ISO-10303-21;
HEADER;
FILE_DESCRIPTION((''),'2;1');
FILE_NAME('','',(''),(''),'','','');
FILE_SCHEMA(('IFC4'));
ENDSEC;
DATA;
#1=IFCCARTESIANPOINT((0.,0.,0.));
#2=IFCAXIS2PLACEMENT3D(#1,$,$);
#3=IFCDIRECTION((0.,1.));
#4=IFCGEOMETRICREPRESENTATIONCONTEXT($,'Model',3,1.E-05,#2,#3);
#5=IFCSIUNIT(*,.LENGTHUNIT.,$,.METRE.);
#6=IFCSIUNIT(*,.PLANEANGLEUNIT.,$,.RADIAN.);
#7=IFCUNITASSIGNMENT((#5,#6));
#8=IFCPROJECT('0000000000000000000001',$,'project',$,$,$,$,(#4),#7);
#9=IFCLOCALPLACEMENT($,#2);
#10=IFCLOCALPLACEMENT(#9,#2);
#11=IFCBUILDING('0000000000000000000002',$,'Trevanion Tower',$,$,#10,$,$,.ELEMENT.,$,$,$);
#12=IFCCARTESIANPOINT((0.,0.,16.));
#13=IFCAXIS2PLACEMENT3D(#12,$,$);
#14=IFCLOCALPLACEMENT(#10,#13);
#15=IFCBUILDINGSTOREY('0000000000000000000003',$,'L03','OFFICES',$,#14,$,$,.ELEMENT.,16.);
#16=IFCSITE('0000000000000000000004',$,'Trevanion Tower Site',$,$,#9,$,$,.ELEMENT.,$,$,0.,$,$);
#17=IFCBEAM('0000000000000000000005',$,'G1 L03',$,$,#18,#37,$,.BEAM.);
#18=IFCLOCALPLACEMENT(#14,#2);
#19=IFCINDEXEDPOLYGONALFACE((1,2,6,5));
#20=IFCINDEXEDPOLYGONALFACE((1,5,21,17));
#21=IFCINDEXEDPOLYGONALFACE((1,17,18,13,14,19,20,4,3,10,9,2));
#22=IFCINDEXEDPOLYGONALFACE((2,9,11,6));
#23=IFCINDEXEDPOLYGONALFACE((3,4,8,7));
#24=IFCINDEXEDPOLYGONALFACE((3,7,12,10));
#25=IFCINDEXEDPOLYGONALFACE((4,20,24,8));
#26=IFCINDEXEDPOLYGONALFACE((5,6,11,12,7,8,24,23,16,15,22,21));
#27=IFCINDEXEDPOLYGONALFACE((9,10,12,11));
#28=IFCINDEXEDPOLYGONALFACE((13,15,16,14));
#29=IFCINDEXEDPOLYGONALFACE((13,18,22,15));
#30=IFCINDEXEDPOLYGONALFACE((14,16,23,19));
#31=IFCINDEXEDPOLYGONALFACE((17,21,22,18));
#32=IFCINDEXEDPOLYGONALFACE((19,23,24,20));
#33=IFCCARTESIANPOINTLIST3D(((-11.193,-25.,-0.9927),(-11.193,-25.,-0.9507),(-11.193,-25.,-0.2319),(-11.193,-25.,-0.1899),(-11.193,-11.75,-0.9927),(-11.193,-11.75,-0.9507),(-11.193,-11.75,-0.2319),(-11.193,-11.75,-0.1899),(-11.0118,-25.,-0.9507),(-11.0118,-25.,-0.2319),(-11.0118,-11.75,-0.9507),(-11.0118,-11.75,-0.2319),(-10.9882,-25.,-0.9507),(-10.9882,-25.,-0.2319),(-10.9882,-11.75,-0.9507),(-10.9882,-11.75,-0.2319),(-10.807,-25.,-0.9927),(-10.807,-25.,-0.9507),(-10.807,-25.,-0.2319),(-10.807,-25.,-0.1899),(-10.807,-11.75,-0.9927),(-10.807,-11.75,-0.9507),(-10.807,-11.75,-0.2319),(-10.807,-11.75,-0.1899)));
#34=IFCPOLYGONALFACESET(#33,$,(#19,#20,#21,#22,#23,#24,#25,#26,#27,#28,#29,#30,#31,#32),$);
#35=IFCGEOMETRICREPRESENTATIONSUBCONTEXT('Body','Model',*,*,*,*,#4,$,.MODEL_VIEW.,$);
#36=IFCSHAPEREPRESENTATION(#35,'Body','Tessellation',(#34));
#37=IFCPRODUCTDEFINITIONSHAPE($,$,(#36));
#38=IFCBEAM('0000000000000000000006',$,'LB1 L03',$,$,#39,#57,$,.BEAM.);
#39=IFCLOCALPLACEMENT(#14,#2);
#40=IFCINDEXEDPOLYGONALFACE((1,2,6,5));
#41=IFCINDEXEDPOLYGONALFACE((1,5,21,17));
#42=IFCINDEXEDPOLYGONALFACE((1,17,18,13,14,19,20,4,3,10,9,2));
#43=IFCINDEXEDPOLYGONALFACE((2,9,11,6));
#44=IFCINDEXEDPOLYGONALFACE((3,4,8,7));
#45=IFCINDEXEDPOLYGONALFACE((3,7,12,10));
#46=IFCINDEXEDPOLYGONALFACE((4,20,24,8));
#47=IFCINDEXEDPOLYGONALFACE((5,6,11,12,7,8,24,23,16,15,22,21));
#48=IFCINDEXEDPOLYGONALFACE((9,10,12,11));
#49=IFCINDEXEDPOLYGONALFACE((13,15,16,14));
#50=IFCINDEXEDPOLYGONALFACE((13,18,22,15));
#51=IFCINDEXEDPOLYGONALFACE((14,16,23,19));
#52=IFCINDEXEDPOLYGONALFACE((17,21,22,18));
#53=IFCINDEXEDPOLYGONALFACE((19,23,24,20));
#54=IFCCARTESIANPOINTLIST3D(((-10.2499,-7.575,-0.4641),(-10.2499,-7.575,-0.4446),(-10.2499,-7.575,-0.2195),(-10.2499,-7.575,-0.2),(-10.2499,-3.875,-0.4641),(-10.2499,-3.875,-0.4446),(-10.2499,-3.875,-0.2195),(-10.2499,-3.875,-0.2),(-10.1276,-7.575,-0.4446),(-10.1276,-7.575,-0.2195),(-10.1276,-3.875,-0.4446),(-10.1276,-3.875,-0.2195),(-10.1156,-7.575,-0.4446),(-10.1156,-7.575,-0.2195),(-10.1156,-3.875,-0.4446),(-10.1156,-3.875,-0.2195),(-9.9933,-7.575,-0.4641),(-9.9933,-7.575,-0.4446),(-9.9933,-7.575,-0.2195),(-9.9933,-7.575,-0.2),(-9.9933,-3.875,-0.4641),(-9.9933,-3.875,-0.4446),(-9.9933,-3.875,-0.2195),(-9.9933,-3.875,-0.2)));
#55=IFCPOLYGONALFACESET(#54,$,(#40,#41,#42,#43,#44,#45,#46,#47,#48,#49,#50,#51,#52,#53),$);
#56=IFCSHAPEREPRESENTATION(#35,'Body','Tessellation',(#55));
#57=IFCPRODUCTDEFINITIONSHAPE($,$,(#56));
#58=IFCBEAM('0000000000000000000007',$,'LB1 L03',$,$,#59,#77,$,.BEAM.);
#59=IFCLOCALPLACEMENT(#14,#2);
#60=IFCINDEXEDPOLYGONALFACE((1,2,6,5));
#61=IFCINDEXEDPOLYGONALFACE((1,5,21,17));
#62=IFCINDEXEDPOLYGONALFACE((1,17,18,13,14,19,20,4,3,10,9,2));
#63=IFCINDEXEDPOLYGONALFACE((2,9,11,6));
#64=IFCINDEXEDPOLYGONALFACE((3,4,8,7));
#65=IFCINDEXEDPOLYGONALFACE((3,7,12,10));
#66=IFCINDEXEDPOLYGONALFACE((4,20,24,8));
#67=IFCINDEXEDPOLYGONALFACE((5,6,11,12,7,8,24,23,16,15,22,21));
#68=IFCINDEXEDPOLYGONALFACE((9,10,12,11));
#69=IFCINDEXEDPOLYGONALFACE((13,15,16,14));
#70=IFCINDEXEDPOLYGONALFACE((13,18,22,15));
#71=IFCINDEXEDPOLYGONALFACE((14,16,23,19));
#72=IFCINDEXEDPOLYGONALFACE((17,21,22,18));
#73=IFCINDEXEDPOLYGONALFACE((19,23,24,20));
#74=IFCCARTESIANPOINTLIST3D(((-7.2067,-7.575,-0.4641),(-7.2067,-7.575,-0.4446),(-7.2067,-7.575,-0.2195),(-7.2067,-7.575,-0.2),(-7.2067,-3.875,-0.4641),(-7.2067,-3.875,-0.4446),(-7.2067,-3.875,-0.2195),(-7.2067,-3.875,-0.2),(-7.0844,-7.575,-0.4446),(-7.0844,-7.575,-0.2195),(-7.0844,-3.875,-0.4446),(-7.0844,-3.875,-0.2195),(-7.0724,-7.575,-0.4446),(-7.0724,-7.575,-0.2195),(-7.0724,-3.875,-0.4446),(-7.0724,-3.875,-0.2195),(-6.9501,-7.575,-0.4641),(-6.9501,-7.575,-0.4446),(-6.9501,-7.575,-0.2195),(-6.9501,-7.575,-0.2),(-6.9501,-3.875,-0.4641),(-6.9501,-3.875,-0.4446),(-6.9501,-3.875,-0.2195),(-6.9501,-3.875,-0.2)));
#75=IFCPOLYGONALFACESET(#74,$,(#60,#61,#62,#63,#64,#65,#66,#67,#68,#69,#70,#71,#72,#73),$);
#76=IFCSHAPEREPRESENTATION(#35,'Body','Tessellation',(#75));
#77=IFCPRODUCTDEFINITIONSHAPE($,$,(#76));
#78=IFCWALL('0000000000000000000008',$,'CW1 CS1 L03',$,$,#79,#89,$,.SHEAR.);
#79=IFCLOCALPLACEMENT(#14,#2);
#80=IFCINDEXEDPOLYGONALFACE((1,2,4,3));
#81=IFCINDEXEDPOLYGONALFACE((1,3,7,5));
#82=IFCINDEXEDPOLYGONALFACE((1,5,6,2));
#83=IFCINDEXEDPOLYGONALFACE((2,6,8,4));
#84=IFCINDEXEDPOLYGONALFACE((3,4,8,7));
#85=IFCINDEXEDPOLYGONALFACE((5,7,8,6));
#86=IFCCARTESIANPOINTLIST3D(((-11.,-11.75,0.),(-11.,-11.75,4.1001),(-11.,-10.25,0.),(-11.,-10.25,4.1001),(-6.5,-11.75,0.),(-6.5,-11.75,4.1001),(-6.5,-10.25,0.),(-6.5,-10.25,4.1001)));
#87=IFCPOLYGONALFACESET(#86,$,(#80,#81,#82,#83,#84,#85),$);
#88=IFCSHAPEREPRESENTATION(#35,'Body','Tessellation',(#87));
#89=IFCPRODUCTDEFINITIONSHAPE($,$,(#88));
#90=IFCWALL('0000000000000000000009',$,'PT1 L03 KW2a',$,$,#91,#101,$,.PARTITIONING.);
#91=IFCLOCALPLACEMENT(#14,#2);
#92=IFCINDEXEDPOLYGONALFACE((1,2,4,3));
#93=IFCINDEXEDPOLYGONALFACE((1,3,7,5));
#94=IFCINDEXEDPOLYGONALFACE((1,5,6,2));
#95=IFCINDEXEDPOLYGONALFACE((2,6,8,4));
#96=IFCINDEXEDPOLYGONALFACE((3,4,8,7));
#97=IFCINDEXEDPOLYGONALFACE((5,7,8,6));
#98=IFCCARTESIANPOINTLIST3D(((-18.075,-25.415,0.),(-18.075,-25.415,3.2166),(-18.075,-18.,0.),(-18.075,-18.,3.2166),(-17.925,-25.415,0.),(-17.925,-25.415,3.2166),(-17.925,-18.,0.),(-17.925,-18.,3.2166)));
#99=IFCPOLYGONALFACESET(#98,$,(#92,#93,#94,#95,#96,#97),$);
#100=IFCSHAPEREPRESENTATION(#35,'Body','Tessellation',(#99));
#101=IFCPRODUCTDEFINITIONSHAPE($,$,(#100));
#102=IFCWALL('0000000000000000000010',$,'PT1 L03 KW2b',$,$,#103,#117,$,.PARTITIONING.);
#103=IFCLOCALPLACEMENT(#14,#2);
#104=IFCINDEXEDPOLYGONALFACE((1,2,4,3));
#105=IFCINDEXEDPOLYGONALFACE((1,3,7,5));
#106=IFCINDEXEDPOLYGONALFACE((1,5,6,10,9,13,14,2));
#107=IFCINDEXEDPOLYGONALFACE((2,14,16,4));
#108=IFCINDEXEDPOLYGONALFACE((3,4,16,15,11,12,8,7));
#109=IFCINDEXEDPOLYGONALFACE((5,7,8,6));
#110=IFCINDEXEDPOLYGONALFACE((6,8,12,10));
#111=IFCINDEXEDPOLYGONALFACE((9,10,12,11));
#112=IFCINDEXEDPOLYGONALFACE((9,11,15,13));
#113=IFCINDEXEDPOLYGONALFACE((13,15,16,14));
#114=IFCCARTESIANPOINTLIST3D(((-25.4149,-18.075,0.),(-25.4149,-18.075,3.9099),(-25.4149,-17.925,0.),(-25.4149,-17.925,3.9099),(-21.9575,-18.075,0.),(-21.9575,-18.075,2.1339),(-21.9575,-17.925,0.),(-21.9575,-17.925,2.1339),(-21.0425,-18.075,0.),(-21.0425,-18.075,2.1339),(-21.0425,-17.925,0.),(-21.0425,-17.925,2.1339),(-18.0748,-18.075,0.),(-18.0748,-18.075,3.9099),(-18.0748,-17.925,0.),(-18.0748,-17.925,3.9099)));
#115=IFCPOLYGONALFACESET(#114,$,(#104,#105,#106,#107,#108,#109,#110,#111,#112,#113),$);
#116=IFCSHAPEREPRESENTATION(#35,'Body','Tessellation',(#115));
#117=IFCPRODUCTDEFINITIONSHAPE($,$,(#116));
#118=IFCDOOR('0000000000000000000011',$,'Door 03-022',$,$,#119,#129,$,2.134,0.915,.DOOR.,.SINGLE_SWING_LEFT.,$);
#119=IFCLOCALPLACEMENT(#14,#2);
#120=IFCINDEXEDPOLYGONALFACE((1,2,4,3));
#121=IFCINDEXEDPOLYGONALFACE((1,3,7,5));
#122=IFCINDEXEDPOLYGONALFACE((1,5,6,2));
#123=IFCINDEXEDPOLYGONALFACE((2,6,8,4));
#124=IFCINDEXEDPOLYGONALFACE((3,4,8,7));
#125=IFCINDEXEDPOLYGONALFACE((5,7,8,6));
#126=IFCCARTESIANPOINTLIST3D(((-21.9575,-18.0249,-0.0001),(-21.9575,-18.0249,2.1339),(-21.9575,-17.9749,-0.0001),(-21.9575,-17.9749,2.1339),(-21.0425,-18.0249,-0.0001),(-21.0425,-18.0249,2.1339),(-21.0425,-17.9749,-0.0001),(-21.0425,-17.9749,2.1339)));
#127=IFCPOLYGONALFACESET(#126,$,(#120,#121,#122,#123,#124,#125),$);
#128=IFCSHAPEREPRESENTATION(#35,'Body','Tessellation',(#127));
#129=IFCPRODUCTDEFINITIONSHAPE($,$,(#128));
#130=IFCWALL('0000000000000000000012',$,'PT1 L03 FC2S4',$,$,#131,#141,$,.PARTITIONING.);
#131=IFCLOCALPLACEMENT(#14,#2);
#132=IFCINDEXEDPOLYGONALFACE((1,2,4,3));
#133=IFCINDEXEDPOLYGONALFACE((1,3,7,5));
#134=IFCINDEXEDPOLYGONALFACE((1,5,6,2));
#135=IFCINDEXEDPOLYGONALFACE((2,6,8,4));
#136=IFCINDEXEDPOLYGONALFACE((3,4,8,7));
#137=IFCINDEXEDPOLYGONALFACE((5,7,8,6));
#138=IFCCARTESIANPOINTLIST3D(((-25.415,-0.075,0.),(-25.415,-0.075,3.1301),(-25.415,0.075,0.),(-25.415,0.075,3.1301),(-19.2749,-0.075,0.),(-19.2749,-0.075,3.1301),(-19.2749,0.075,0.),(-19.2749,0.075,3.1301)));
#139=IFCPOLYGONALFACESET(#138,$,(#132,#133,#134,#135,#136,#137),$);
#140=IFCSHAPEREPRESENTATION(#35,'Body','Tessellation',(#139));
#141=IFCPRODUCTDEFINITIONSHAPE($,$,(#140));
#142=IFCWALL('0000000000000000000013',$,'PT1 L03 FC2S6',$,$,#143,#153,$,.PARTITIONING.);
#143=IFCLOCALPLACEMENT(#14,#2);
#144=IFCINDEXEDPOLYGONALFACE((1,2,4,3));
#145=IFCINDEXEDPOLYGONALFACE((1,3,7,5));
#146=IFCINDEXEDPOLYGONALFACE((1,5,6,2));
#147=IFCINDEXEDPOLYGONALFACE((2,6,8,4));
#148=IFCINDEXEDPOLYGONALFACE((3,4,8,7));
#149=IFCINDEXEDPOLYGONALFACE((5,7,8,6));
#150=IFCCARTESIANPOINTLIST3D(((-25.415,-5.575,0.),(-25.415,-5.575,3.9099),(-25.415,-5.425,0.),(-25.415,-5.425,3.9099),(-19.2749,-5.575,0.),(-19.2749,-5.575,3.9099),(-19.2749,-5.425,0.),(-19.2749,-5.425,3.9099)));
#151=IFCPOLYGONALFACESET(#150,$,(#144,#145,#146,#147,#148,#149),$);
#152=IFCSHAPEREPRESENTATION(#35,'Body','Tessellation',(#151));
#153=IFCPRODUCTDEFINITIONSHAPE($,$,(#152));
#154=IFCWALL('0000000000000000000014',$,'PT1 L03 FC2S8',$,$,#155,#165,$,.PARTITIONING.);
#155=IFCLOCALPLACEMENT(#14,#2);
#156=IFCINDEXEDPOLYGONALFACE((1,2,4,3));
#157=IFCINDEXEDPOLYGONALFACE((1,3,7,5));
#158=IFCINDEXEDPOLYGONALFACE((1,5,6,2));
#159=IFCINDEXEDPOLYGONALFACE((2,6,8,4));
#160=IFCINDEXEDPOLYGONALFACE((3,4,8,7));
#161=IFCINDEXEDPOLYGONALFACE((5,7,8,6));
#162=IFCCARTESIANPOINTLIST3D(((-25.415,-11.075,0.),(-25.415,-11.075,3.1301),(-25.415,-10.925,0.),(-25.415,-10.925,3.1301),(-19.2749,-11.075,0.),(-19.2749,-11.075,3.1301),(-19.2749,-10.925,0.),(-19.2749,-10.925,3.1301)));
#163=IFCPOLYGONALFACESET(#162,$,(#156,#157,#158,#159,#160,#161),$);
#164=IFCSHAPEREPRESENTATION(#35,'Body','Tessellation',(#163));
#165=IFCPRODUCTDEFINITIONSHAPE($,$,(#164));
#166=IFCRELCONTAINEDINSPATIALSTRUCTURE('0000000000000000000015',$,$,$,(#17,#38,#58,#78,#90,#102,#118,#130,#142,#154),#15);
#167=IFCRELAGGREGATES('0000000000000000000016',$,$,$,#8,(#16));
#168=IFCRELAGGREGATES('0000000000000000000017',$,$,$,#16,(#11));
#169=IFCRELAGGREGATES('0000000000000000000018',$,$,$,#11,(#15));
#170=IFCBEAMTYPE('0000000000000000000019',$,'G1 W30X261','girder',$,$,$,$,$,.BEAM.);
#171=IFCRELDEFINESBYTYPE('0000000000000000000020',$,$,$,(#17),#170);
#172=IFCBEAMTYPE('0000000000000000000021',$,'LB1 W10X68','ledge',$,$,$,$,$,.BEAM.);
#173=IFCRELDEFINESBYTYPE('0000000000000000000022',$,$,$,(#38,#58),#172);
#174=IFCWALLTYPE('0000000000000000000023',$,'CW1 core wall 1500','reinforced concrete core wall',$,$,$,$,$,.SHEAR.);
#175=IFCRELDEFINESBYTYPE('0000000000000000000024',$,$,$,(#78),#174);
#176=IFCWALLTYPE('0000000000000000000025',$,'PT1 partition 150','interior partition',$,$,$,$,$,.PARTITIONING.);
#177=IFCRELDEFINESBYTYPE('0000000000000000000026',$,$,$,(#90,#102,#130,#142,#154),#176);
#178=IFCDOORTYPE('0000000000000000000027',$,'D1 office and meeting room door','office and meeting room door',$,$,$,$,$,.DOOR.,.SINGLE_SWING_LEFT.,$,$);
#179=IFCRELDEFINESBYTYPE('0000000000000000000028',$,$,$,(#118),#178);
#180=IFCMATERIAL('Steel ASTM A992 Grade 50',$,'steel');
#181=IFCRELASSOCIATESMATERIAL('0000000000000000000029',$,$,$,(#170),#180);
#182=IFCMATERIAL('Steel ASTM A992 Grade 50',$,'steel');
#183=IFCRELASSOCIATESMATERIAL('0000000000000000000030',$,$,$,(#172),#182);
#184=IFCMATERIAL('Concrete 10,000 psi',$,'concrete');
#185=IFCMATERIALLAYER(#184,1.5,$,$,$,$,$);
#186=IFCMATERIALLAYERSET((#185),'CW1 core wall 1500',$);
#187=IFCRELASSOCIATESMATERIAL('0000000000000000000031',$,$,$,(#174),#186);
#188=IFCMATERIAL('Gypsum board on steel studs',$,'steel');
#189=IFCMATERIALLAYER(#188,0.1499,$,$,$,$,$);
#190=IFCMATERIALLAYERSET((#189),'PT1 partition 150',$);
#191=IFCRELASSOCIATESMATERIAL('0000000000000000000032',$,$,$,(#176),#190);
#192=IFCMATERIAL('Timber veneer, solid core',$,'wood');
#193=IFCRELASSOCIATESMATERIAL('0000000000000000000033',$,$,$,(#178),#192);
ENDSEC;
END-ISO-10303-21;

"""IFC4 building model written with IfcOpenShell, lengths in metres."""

from ifc_helpers import new_model, si_unit, direction, frame, frame_2d, origin, origin_2d, place, context, subcontext, project, spatial, rectangle, i_section, extrude, material, layer, layer_set, material_profile, profile_set, type_object, element, fill, save


model = new_model("IFC4")

# Units and contexts
model_context = context("Model", 3, precision=1e-05, world=origin(), true_north=direction((0.0, 1.0)))
body_context = subcontext(model_context, "Body", "Model", "MODEL_VIEW")
ifc_project = project(units=[si_unit("LENGTHUNIT", "METRE"), si_unit("PLANEANGLEUNIT", "RADIAN")], contexts=[model_context])

# Site, building, storey
site_placement = place(None, origin())
site = spatial("IfcSite", under=ifc_project, at=site_placement, Name="Trevanion Tower Site", CompositionType="ELEMENT", RefElevation=0.0)
building_placement = place(site_placement, origin())
building = spatial("IfcBuilding", under=site, at=building_placement, Name="Trevanion Tower", CompositionType="ELEMENT")
storey_placement = place(building_placement, frame((0.0, 0.0, 16.0)))
storey = spatial("IfcBuildingStorey", under=building, at=storey_placement, Name="L03", Description="OFFICES", CompositionType="ELEMENT", Elevation=16.0)

# Beams
ifc_material_1 = material(Name="Steel ASTM A992 Grade 50", Category="steel")
ifc_material_profile_1 = material_profile(ifc_material_1, i_section(OverallWidth=0.386, OverallDepth=0.8027, WebThickness=0.0237, FlangeThickness=0.042, at=origin_2d()), Name="W30X261")
ifc_profile_set_1 = profile_set([ifc_material_profile_1], Name="Steel ASTM A992 Grade 50")
beam_type_1 = type_object("IfcBeamType", Name="G1 W30X261", Description="girder", PredefinedType="BEAM", material=ifc_profile_set_1)
for number, where, z_axis, x_axis, name in (
    (1, (-11.0, -11.75, -0.5913), (0.0, -1.0, 0.0), (1.0, 0.0, 0.0), "G1 L03"),
):
    element("IfcBeam", number, at=place(storey_placement, frame(where, z_axis=z_axis, x_axis=x_axis)), inside=storey, type_object=beam_type_1, Name=name, PredefinedType="BEAM", context=body_context, shape_type="SweptSolid", body=[
        extrude(i_section(OverallWidth=0.386, OverallDepth=0.8027, WebThickness=0.0237, FlangeThickness=0.042, at=origin_2d()), origin(), (0.0, 0.0, 1.0), 13.25),
    ])
ifc_material_2 = material(Name="Steel ASTM A992 Grade 50", Category="steel")
ifc_material_profile_2 = material_profile(ifc_material_2, i_section(OverallWidth=0.2566, OverallDepth=0.2642, WebThickness=0.012, FlangeThickness=0.0195, at=origin_2d()), Name="W10X68")
ifc_profile_set_2 = profile_set([ifc_material_profile_2], Name="Steel ASTM A992 Grade 50")
beam_type_2 = type_object("IfcBeamType", Name="LB1 W10X68", Description="ledge", PredefinedType="BEAM", material=ifc_profile_set_2)
for number, where, z_axis, x_axis, name in (
    (2, (-10.1216, -7.575, -0.332), (0.0, 1.0, 0.0), (-1.0, 0.0, 0.0), "LB1 L03"),
    (3, (-7.0784, -7.575, -0.332), (0.0, 1.0, 0.0), (-1.0, 0.0, 0.0), "LB1 L03"),
):
    element("IfcBeam", number, at=place(storey_placement, frame(where, z_axis=z_axis, x_axis=x_axis)), inside=storey, type_object=beam_type_2, Name=name, PredefinedType="BEAM", context=body_context, shape_type="SweptSolid", body=[
        extrude(i_section(OverallWidth=0.2566, OverallDepth=0.2642, WebThickness=0.012, FlangeThickness=0.0195, at=origin_2d()), origin(), (0.0, 0.0, 1.0), 3.7),
    ])

# Walls
ifc_material_3 = material(Name="Concrete 10,000 psi", Category="concrete")
ifc_layer_1 = layer(ifc_material_3, 1.5)
ifc_layer_set_1 = layer_set([ifc_layer_1], Name="CW1 core wall 1500")
wall_type_1 = type_object("IfcWallType", Name="CW1 core wall 1500", Description="reinforced concrete core wall", PredefinedType="SHEAR", material=ifc_layer_set_1)
wall_1_placement = place(storey_placement, frame((-11.0, -11.0, 0.0), z_axis=(0.0, 0.0, 1.0), x_axis=(1.0, 0.0, 0.0)))
element("IfcWall", 4, at=wall_1_placement, inside=storey, type_object=wall_type_1, Name="CW1 CS1 L03", PredefinedType="SHEAR", context=body_context, shape_type="SweptSolid", body=[
    extrude(rectangle(XDim=4.5, YDim=1.5, at=frame_2d((2.25, 0.0))), origin(), (0.0, 0.0, 1.0), 4.1001),
])
ifc_material_4 = material(Name="Gypsum board on steel studs", Category="steel")
ifc_layer_2 = layer(ifc_material_4, 0.1499)
ifc_layer_set_2 = layer_set([ifc_layer_2], Name="PT1 partition 150")
wall_type_2 = type_object("IfcWallType", Name="PT1 partition 150", Description="interior partition", PredefinedType="PARTITIONING", material=ifc_layer_set_2)
wall_2_placement = place(storey_placement, frame((-18.0, -18.0, 0.0), z_axis=(0.0, 0.0, 1.0), x_axis=(0.0, -1.0, 0.0)))
element("IfcWall", 5, at=wall_2_placement, inside=storey, type_object=wall_type_2, Name="PT1 L03 KW2a", PredefinedType="PARTITIONING", context=body_context, shape_type="SweptSolid", body=[
    extrude(rectangle(XDim=7.415, YDim=0.1499, at=frame_2d((3.7075, 0.0))), origin(), (0.0, 0.0, 1.0), 3.2166),
])

# Wall, opening, door
wall_3_placement = place(storey_placement, frame((-18.075, -18.0, 0.0), z_axis=(0.0, 0.0, 1.0), x_axis=(-1.0, 0.0, 0.0)))
wall_3 = element("IfcWall", 6, at=wall_3_placement, inside=storey, type_object=wall_type_2, Name="PT1 L03 KW2b", PredefinedType="PARTITIONING", context=body_context, shape_type="SweptSolid", body=[
    extrude(rectangle(XDim=7.3401, YDim=0.1499, at=frame_2d((3.6699, 0.0))), origin(), (0.0, 0.0, 1.0), 3.9099),
])
opening_1_placement = place(wall_3_placement, frame((2.9675, 0.0, 0.0)))
opening_1 = element("IfcOpeningElement", 7, at=opening_1_placement, cuts=wall_3, PredefinedType="OPENING", context=body_context, shape_type="SweptSolid", body=[
    extrude(rectangle(XDim=0.915, YDim=2.134, at=frame_2d((0.4575, 1.0669))), frame((0.0, 0.085, 0.0), z_axis=(0.0, -1.0, 0.0), x_axis=(1.0, 0.0, 0.0)), (0.0, 0.0, 1.0), 0.1699),
])
ifc_material_5 = material(Name="Timber veneer, solid core", Category="wood")
door_type = type_object("IfcDoorType", Name="D1 office and meeting room door", Description="office and meeting room door", OperationType="SINGLE_SWING_LEFT", PredefinedType="DOOR", material=ifc_material_5)
door_1_placement = place(opening_1_placement, origin())
door_1 = element("IfcDoor", 8, at=door_1_placement, inside=storey, type_object=door_type, Name="Door 03-022", OperationType="SINGLE_SWING_LEFT", OverallHeight=2.134, OverallWidth=0.915, PredefinedType="DOOR", context=body_context, shape_type="SweptSolid", body=[
    extrude(rectangle(XDim=0.915, YDim=2.134, at=frame_2d((0.4575, 1.0669))), frame((0.0, 0.0249, 0.0), z_axis=(0.0, -1.0, 0.0), x_axis=(1.0, 0.0, 0.0)), (0.0, 0.0, 1.0), 0.05),
])
fill(opening_1, door_1)

# Walls
wall_4_placement = place(storey_placement, frame((-19.2749, 0.0, 0.0), z_axis=(0.0, 0.0, 1.0), x_axis=(-1.0, 0.0, 0.0)))
element("IfcWall", 9, at=wall_4_placement, inside=storey, type_object=wall_type_2, Name="PT1 L03 FC2S4", PredefinedType="PARTITIONING", context=body_context, shape_type="SweptSolid", body=[
    extrude(rectangle(XDim=6.1401, YDim=0.1499, at=frame_2d((3.0701, 0.0))), origin(), (0.0, 0.0, 1.0), 3.1301),
])
wall_5_placement = place(storey_placement, frame((-19.2749, -5.5, 0.0), z_axis=(0.0, 0.0, 1.0), x_axis=(-1.0, 0.0, 0.0)))
element("IfcWall", 10, at=wall_5_placement, inside=storey, type_object=wall_type_2, Name="PT1 L03 FC2S6", PredefinedType="PARTITIONING", context=body_context, shape_type="SweptSolid", body=[
    extrude(rectangle(XDim=6.1401, YDim=0.1499, at=frame_2d((3.0701, 0.0))), origin(), (0.0, 0.0, 1.0), 3.9099),
])
wall_6_placement = place(storey_placement, frame((-19.2749, -11.0, 0.0), z_axis=(0.0, 0.0, 1.0), x_axis=(-1.0, 0.0, 0.0)))
element("IfcWall", 11, at=wall_6_placement, inside=storey, type_object=wall_type_2, Name="PT1 L03 FC2S8", PredefinedType="PARTITIONING", context=body_context, shape_type="SweptSolid", body=[
    extrude(rectangle(XDim=6.1401, YDim=0.1499, at=frame_2d((3.0701, 0.0))), origin(), (0.0, 0.0, 1.0), 3.1301),
])

save(model, "model.ifc")
